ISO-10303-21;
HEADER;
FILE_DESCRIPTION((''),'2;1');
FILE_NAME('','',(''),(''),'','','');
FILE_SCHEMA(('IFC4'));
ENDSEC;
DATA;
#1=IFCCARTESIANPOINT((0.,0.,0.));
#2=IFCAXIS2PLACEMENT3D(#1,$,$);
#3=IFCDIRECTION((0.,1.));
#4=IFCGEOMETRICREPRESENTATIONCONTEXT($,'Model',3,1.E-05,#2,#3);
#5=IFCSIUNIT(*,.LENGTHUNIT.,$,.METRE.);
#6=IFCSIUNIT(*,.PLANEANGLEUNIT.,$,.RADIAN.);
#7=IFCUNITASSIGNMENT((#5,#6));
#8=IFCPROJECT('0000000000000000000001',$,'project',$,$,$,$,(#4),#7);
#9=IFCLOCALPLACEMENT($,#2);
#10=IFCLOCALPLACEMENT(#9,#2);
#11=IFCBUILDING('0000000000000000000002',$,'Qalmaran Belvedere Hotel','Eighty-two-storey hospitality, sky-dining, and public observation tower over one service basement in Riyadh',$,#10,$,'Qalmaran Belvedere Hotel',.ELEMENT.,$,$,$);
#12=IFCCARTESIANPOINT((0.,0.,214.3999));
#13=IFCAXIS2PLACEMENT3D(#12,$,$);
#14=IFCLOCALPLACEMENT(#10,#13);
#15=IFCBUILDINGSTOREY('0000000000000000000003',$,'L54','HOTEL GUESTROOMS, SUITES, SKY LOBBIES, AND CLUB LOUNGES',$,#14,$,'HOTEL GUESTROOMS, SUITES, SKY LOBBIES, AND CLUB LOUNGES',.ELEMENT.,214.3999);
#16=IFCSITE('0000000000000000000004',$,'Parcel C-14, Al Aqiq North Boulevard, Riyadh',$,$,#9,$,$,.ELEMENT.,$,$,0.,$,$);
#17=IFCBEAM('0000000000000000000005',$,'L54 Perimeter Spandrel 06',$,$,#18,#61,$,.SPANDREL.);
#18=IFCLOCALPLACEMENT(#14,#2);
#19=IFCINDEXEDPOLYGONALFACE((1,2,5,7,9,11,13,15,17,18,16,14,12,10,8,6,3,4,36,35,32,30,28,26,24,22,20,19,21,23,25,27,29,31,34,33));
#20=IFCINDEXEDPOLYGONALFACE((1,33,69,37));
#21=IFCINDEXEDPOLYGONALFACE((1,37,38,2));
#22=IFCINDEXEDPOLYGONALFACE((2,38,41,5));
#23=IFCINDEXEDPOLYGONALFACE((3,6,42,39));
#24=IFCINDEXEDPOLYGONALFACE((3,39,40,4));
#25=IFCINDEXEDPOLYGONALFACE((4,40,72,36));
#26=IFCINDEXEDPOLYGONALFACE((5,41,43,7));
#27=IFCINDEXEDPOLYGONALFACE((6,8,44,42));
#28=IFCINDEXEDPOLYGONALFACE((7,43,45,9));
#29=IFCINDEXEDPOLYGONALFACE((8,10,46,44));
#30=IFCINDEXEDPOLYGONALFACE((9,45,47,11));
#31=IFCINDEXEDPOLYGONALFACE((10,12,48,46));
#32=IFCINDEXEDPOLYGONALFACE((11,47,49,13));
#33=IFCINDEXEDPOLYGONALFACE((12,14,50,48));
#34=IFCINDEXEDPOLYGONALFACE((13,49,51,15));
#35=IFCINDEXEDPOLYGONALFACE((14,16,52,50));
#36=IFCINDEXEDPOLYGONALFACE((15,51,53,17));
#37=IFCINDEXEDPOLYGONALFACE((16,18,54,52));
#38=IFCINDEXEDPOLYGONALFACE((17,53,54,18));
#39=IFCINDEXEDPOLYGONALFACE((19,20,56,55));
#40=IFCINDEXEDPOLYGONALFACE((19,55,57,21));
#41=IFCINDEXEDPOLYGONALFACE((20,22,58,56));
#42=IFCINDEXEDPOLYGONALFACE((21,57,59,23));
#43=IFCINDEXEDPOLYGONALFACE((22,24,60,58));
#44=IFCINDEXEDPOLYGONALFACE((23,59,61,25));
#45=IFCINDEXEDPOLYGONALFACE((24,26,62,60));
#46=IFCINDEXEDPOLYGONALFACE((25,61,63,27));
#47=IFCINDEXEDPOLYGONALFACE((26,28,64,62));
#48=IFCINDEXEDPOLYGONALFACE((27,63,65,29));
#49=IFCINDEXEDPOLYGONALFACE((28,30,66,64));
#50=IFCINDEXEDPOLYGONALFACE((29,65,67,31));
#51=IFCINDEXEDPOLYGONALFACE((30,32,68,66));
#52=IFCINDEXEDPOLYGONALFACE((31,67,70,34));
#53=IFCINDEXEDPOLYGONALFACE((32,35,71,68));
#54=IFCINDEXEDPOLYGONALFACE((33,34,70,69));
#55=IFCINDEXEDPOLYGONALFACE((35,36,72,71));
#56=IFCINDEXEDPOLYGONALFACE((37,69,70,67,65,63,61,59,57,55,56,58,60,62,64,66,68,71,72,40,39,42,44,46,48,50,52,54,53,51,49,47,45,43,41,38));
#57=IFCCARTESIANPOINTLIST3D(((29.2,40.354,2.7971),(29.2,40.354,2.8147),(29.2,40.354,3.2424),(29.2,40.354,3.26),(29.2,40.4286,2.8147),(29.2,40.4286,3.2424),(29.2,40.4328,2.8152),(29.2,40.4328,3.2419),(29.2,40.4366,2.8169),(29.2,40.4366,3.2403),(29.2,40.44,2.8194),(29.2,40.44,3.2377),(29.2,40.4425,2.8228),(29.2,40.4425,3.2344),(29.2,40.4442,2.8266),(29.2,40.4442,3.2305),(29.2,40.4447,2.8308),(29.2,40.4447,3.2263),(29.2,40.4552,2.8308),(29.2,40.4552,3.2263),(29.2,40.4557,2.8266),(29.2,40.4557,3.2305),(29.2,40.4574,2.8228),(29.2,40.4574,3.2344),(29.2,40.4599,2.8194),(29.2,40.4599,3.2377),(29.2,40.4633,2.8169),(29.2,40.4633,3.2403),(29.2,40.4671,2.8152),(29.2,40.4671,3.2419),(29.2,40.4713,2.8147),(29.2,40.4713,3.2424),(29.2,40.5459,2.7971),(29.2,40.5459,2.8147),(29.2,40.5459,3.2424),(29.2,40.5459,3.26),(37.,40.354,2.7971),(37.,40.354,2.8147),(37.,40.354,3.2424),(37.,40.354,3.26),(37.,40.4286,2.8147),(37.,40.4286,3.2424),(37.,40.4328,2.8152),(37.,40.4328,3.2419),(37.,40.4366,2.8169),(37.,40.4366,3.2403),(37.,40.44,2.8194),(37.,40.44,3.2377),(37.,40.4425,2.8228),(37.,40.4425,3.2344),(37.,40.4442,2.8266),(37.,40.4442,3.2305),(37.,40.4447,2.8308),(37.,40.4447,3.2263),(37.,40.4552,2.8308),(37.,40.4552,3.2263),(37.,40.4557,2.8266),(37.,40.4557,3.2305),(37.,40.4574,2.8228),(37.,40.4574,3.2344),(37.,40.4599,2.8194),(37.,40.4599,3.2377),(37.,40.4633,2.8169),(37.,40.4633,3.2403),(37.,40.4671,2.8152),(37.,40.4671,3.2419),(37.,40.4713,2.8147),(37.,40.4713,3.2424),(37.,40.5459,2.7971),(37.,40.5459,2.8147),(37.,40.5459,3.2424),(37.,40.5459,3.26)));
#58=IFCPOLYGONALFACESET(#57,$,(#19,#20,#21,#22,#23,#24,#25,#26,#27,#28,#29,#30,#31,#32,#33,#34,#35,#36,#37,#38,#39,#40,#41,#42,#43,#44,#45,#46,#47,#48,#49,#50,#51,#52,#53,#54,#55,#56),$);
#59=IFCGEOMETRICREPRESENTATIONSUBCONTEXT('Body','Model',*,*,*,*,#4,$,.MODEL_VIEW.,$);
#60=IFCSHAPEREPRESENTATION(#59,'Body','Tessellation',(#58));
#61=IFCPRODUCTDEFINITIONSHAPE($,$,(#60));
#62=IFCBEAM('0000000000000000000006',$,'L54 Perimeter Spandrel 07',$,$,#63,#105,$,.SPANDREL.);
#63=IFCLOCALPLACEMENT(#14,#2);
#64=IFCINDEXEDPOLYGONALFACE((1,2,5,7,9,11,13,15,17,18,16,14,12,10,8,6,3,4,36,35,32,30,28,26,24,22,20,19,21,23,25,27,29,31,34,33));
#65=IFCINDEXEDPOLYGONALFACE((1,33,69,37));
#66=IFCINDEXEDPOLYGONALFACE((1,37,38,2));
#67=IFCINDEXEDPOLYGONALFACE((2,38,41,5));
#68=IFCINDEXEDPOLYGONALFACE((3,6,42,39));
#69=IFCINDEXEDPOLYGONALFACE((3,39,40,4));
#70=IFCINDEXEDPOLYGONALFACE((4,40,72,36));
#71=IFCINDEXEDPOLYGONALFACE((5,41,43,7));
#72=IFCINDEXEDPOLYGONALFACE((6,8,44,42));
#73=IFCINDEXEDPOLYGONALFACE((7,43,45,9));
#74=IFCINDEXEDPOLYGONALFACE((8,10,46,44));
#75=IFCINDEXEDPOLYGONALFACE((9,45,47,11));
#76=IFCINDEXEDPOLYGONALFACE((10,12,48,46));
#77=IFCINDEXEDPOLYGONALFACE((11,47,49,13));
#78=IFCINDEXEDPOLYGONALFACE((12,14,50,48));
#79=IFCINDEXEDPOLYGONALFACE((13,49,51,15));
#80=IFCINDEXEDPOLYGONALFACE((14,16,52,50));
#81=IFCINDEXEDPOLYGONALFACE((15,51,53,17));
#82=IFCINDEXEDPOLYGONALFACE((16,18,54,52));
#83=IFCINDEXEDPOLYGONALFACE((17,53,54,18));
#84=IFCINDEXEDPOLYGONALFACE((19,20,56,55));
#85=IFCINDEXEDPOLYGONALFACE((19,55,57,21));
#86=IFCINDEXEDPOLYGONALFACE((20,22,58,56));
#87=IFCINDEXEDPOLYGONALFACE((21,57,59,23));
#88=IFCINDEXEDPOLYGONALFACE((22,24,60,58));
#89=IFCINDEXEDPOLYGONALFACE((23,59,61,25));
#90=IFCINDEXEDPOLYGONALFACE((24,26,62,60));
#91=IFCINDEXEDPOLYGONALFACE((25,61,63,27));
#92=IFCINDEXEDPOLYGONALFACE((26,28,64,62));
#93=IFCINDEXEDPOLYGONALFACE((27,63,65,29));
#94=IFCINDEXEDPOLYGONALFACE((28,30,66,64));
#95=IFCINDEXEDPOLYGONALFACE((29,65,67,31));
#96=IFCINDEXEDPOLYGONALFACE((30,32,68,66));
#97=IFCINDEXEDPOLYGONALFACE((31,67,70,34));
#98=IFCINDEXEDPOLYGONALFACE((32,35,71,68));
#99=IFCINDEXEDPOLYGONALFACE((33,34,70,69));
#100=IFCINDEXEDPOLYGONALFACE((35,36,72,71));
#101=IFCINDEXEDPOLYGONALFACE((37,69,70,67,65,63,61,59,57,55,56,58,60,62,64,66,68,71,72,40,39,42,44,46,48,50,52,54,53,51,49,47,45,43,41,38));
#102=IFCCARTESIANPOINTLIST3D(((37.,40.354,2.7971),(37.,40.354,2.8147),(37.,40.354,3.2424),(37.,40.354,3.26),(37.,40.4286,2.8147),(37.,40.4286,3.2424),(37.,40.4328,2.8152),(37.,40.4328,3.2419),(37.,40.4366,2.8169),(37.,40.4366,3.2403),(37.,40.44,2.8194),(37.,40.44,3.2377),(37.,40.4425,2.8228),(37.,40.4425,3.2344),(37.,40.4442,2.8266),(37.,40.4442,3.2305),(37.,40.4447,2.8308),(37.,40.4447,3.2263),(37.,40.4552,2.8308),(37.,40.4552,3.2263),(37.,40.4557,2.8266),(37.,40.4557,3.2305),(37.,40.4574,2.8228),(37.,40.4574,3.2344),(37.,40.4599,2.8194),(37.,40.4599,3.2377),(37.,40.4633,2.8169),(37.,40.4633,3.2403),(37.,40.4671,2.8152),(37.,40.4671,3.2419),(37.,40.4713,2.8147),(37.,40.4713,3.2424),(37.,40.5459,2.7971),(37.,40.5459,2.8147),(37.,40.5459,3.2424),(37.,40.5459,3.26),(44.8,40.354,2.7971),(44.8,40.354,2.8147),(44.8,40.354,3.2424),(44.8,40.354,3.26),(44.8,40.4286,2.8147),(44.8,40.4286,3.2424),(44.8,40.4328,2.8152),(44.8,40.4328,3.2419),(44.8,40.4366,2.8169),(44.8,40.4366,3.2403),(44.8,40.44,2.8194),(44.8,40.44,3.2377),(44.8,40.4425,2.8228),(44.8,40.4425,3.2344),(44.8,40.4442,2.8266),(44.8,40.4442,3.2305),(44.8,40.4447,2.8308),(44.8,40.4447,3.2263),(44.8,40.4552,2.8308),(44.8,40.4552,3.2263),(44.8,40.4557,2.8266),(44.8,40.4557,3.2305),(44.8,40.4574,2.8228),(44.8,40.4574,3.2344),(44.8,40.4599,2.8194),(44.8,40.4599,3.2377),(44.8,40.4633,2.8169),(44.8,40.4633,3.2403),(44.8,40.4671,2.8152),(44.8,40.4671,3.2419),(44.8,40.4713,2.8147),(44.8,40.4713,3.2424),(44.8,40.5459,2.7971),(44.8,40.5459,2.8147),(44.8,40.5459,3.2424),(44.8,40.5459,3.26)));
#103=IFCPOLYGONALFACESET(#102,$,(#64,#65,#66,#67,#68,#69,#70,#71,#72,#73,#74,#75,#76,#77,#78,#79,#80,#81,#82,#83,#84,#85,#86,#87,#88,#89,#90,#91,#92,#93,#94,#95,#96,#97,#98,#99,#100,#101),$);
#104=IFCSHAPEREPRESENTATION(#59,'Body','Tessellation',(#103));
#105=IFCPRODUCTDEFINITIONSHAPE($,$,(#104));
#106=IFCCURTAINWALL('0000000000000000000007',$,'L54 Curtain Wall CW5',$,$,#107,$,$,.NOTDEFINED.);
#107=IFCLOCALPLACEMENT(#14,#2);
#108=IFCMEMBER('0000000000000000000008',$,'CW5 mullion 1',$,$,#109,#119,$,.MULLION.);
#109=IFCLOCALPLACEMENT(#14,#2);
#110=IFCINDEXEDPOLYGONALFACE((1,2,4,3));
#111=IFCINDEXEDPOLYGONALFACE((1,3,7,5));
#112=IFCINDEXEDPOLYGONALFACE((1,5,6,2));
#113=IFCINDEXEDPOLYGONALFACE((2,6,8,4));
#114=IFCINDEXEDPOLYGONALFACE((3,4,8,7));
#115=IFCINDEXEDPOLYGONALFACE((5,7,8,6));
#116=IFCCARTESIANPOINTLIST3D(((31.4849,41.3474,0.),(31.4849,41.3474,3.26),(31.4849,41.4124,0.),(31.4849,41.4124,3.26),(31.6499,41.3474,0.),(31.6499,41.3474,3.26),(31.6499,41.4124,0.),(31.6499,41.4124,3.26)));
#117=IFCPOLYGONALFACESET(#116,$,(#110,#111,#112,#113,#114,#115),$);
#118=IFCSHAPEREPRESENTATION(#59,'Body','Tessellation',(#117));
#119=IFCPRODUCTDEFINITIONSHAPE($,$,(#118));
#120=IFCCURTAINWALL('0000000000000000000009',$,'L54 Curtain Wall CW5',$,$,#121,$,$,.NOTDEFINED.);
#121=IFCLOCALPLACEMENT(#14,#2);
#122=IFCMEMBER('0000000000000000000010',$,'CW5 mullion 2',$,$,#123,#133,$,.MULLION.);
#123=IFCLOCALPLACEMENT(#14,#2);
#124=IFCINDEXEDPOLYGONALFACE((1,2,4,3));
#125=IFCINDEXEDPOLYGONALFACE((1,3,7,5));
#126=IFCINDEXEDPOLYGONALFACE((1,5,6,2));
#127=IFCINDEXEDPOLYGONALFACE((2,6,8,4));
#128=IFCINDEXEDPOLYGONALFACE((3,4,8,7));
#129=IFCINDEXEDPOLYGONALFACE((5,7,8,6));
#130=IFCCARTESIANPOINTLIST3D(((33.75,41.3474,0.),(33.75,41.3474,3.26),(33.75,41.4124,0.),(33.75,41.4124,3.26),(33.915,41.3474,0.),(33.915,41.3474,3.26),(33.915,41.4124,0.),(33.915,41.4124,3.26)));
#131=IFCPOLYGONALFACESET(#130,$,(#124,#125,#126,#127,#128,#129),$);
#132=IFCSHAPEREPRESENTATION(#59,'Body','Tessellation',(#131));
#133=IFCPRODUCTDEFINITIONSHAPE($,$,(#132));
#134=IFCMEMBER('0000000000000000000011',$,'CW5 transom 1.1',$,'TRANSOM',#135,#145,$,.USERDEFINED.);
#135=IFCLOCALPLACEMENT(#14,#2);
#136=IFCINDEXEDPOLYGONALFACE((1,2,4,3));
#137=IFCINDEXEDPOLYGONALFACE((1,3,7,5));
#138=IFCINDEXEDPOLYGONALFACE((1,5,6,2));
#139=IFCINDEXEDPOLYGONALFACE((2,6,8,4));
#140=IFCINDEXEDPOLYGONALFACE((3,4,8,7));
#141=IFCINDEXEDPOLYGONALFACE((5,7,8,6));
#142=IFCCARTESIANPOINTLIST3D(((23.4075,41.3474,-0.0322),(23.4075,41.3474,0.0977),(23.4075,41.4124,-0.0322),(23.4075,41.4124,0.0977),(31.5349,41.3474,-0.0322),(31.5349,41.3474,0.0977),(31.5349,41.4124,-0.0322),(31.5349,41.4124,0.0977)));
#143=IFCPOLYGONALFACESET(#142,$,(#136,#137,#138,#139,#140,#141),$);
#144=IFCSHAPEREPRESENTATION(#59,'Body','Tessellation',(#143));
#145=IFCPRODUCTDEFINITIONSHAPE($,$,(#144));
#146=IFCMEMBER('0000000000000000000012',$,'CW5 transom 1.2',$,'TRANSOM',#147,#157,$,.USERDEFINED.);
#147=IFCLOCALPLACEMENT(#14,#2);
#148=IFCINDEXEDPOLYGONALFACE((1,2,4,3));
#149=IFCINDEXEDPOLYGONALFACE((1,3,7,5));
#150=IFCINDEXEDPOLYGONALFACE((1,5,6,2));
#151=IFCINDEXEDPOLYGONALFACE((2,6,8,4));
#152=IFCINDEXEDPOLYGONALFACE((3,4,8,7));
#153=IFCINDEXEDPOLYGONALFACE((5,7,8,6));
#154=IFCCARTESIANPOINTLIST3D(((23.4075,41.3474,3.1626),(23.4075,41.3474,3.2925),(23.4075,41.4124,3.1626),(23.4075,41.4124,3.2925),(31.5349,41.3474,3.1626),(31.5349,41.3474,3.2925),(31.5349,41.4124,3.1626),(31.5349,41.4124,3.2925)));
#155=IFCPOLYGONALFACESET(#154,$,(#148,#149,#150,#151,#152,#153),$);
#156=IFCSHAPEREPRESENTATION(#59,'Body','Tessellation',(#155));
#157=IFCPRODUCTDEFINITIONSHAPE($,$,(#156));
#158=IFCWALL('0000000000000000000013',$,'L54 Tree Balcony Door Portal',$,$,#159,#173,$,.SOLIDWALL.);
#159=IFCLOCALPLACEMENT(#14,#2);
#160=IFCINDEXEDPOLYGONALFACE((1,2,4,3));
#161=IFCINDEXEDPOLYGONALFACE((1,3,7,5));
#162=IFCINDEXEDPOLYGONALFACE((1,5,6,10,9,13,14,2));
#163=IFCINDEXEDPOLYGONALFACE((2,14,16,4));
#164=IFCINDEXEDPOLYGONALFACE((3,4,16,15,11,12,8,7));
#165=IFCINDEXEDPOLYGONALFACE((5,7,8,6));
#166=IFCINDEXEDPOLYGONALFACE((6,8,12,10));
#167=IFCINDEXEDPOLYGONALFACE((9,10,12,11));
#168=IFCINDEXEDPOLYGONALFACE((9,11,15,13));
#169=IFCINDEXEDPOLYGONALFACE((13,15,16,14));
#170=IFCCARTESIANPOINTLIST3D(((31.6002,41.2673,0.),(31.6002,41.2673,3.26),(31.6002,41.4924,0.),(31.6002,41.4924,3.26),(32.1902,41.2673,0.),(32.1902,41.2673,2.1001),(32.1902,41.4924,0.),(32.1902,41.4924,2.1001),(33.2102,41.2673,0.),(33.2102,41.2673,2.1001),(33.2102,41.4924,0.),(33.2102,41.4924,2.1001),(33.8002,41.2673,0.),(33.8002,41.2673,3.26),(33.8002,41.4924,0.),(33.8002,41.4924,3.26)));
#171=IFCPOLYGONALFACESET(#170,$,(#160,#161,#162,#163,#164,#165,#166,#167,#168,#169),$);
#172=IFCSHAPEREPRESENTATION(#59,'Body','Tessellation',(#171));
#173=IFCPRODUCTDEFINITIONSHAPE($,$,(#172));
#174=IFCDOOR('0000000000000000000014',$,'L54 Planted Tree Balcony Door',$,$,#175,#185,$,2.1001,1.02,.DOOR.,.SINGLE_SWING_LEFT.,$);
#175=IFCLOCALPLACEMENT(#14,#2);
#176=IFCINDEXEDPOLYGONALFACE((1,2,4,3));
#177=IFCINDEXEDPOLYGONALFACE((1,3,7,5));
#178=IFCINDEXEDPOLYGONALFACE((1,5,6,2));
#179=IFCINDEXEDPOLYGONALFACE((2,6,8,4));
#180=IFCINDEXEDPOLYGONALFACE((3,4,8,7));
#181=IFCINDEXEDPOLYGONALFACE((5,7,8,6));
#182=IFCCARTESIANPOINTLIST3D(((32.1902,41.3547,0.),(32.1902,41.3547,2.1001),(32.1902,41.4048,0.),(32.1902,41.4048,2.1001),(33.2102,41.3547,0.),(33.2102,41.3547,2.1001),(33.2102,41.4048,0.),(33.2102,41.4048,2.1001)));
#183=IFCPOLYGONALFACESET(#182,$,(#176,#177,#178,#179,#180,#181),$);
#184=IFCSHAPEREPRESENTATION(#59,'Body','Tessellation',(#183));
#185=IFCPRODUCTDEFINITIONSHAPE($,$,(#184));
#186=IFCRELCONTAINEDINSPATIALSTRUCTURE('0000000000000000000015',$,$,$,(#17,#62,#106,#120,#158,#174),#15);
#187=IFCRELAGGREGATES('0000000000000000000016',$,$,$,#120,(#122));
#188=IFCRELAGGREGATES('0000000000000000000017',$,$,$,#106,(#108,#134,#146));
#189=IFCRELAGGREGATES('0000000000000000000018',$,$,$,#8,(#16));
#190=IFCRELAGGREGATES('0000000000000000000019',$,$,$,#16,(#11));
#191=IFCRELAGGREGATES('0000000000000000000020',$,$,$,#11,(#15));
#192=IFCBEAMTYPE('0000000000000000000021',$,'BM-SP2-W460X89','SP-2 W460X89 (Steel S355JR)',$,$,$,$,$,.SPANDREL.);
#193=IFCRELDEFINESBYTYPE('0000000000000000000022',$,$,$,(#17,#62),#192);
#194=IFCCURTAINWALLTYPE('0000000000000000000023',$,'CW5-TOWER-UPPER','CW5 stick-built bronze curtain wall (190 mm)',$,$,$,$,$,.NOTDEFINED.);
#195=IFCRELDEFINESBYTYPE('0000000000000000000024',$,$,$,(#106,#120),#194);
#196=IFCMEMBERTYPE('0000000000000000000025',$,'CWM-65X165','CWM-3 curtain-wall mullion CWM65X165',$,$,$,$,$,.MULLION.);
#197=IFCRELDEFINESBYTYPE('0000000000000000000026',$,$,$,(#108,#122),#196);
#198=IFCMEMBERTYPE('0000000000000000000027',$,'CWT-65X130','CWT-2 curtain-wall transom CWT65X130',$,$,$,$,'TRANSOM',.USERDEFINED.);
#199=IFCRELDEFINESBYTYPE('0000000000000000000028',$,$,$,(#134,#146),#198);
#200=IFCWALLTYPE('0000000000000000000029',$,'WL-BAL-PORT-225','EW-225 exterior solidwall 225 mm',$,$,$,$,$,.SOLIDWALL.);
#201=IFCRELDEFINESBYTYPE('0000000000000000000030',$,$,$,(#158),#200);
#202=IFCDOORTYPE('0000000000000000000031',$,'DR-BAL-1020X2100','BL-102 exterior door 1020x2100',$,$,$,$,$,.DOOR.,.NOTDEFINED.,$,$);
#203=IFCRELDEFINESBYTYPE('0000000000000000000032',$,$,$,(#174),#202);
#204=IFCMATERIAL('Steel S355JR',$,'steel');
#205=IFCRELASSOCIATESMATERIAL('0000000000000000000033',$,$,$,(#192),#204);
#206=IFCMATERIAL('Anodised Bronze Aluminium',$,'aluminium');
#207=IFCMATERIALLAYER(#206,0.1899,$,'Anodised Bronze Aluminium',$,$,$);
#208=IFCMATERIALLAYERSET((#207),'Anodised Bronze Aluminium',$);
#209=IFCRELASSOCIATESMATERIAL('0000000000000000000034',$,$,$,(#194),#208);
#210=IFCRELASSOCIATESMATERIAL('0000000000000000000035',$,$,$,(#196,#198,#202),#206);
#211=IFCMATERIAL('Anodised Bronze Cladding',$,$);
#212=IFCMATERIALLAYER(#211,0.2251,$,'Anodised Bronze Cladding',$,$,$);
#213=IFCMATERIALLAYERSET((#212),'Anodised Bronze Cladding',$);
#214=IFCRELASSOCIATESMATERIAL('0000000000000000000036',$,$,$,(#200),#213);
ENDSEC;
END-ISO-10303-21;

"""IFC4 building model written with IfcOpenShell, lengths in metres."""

from ifc_helpers import new_model, si_unit, direction, frame, frame_2d, origin, origin_2d, place, context, subcontext, project, spatial, rectangle, i_section, extrude, material, layer, layer_set, material_profile, profile_set, type_object, element, fill, aggregate, save


model = new_model("IFC4")

# Units and contexts
model_context = context("Model", 3, precision=1e-05, world=origin(), true_north=direction((0.0, 1.0)))
body_context = subcontext(model_context, "Body", "Model", "MODEL_VIEW")
ifc_project = project(units=[si_unit("LENGTHUNIT", "METRE"), si_unit("PLANEANGLEUNIT", "RADIAN")], contexts=[model_context])

# Site, building, storey
site_placement = place(None, origin())
site = spatial("IfcSite", under=ifc_project, at=site_placement, Name="Parcel C-14, Al Aqiq North Boulevard, Riyadh", CompositionType="ELEMENT", RefElevation=0.0)
building_placement = place(site_placement, origin())
building = spatial("IfcBuilding", under=site, at=building_placement, Name="Qalmaran Belvedere Hotel", Description="Eighty-two-storey hospitality, sky-dining, and public observation tower over one service basement in Riyadh", LongName="Qalmaran Belvedere Hotel", CompositionType="ELEMENT")
storey_placement = place(building_placement, frame((0.0, 0.0, 214.3999)))
storey = spatial("IfcBuildingStorey", under=building, at=storey_placement, Name="L54", Description="HOTEL GUESTROOMS, SUITES, SKY LOBBIES, AND CLUB LOUNGES", LongName="HOTEL GUESTROOMS, SUITES, SKY LOBBIES, AND CLUB LOUNGES", CompositionType="ELEMENT", Elevation=214.3999)

# Beams
ifc_material_1 = material(Name="Steel S355JR", Category="steel")
ifc_material_profile_1 = material_profile(ifc_material_1, i_section(OverallWidth=0.1919, OverallDepth=0.4629, WebThickness=0.0105, FlangeThickness=0.0176, FilletRadius=0.0161, at=origin_2d()), Name="W460X89")
ifc_profile_set_1 = profile_set([ifc_material_profile_1], Name="Steel S355JR")
beam_type_1 = type_object("IfcBeamType", Name="BM-SP2-W460X89", Description="SP-2 W460X89 (Steel S355JR)", PredefinedType="SPANDREL", material=ifc_profile_set_1)
for number, where, z_axis, x_axis, name in (
    (1, (29.2, 40.45, 3.0286), (1.0, 0.0, 0.0), (0.0, 1.0, 0.0), "L54 Perimeter Spandrel 06"),
    (2, (37.0, 40.45, 3.0286), (1.0, 0.0, 0.0), (0.0, 1.0, 0.0), "L54 Perimeter Spandrel 07"),
):
    element("IfcBeam", number, at=place(storey_placement, frame(where, z_axis=z_axis, x_axis=x_axis)), inside=storey, type_object=beam_type_1, Name=name, PredefinedType="SPANDREL", context=body_context, shape_type="SweptSolid", body=[
        extrude(i_section(OverallWidth=0.1919, OverallDepth=0.4629, WebThickness=0.0105, FlangeThickness=0.0176, FilletRadius=0.0161, at=origin_2d()), origin(), (0.0, 0.0, 1.0), 7.8),
    ])

# Curtain walls, members
ifc_material_2 = material(Name="Anodised Bronze Aluminium", Category="aluminium")
ifc_layer_1 = layer(ifc_material_2, 0.1899, Name="Anodised Bronze Aluminium")
ifc_layer_set_1 = layer_set([ifc_layer_1], Name="Anodised Bronze Aluminium")
curtain_wall_type = type_object("IfcCurtainWallType", Name="CW5-TOWER-UPPER", Description="CW5 stick-built bronze curtain wall (190 mm)", PredefinedType="NOTDEFINED", material=ifc_layer_set_1)
curtain_wall_1_placement = place(storey_placement, origin())
curtain_wall_1 = element("IfcCurtainWall", 3, at=curtain_wall_1_placement, inside=storey, type_object=curtain_wall_type, Name="L54 Curtain Wall CW5", PredefinedType="NOTDEFINED")
ifc_material_profile_2 = material_profile(ifc_material_2, rectangle(XDim=0.0649, YDim=0.165, at=origin_2d()), Name="CWM65X165")
ifc_profile_set_2 = profile_set([ifc_material_profile_2], Name="Anodised Bronze Aluminium")
member_type_1 = type_object("IfcMemberType", Name="CWM-65X165", Description="CWM-3 curtain-wall mullion CWM65X165", PredefinedType="MULLION", material=ifc_profile_set_2)
member_1_placement = place(storey_placement, frame((31.5674, 41.3799, 0.0), z_axis=(0.0, 0.0, 1.0), x_axis=(0.0, -1.0, 0.0)))
member_1 = element("IfcMember", 4, at=member_1_placement, type_object=member_type_1, Name="CW5 mullion 1", PredefinedType="MULLION", context=body_context, shape_type="SweptSolid", body=[
    extrude(rectangle(XDim=0.0649, YDim=0.165, at=origin_2d()), origin(), (0.0, 0.0, 1.0), 3.26),
])
curtain_wall_2_placement = place(storey_placement, origin())
curtain_wall_2 = element("IfcCurtainWall", 5, at=curtain_wall_2_placement, inside=storey, type_object=curtain_wall_type, Name="L54 Curtain Wall CW5", PredefinedType="NOTDEFINED")
member_2_placement = place(storey_placement, frame((33.8325, 41.3799, 0.0), z_axis=(0.0, 0.0, 1.0), x_axis=(0.0, -1.0, 0.0)))
member_2 = element("IfcMember", 6, at=member_2_placement, type_object=member_type_1, Name="CW5 mullion 2", PredefinedType="MULLION", context=body_context, shape_type="SweptSolid", body=[
    extrude(rectangle(XDim=0.0649, YDim=0.165, at=origin_2d()), origin(), (0.0, 0.0, 1.0), 3.26),
])
aggregate(curtain_wall_2, [member_2])

# Members
ifc_material_profile_3 = material_profile(ifc_material_2, rectangle(XDim=0.0649, YDim=0.1299, at=origin_2d()), Name="CWT65X130")
ifc_profile_set_3 = profile_set([ifc_material_profile_3], Name="Anodised Bronze Aluminium")
member_type_2 = type_object("IfcMemberType", Name="CWT-65X130", Description="CWT-2 curtain-wall transom CWT65X130", ElementType="TRANSOM", PredefinedType="USERDEFINED", material=ifc_profile_set_3)
member_3_placement = place(storey_placement, frame((31.5349, 41.3799, 0.0327), z_axis=(-1.0, 0.0, 0.0), x_axis=(0.0, -1.0, 0.0)))
member_3 = element("IfcMember", 7, at=member_3_placement, type_object=member_type_2, Name="CW5 transom 1.1", ObjectType="TRANSOM", PredefinedType="USERDEFINED", context=body_context, shape_type="SweptSolid", body=[
    extrude(rectangle(XDim=0.0649, YDim=0.1299, at=origin_2d()), origin(), (0.0, 0.0, 1.0), 8.1274),
])
member_4_placement = place(storey_placement, frame((31.5349, 41.3799, 3.2275), z_axis=(-1.0, 0.0, 0.0), x_axis=(0.0, -1.0, 0.0)))
member_4 = element("IfcMember", 8, at=member_4_placement, type_object=member_type_2, Name="CW5 transom 1.2", ObjectType="TRANSOM", PredefinedType="USERDEFINED", context=body_context, shape_type="SweptSolid", body=[
    extrude(rectangle(XDim=0.0649, YDim=0.1299, at=origin_2d()), origin(), (0.0, 0.0, 1.0), 8.1274),
])
aggregate(curtain_wall_1, [member_1, member_3, member_4])

# Wall, opening, door
ifc_material_3 = material(Name="Anodised Bronze Cladding")
ifc_layer_2 = layer(ifc_material_3, 0.2251, Name="Anodised Bronze Cladding")
ifc_layer_set_2 = layer_set([ifc_layer_2], Name="Anodised Bronze Cladding")
wall_type_1 = type_object("IfcWallType", Name="WL-BAL-PORT-225", Description="EW-225 exterior solidwall 225 mm", PredefinedType="SOLIDWALL", material=ifc_layer_set_2)
wall_1_placement = place(storey_placement, frame((31.6001, 41.3799, 0.0), z_axis=(0.0, 0.0, 1.0), x_axis=(1.0, 0.0, 0.0)))
wall_1 = element("IfcWall", 9, at=wall_1_placement, inside=storey, type_object=wall_type_1, Name="L54 Tree Balcony Door Portal", PredefinedType="SOLIDWALL", context=body_context, shape_type="SweptSolid", body=[
    extrude(rectangle(XDim=2.2, YDim=0.2251, at=frame_2d((1.1001, 0.0))), origin(), (0.0, 0.0, 1.0), 3.26),
])
opening_1_placement = place(wall_1_placement, frame((0.5901, 0.0, 0.0)))
opening_1 = element("IfcOpeningElement", 10, at=opening_1_placement, cuts=wall_1, PredefinedType="OPENING", context=body_context, shape_type="SweptSolid", body=[
    extrude(rectangle(XDim=1.02, YDim=2.1001, at=frame_2d((0.51, 1.05))), frame((0.0, 0.1226, 0.0), z_axis=(0.0, -1.0, 0.0), x_axis=(1.0, 0.0, 0.0)), (0.0, 0.0, 1.0), 0.2451),
])
door_type_1 = type_object("IfcDoorType", Name="DR-BAL-1020X2100", Description="BL-102 exterior door 1020x2100", OperationType="NOTDEFINED", PredefinedType="DOOR", material=ifc_material_2)
door_1_placement = place(opening_1_placement, origin())
door_1 = element("IfcDoor", 11, at=door_1_placement, inside=storey, type_object=door_type_1, Name="L54 Planted Tree Balcony Door", OperationType="SINGLE_SWING_LEFT", OverallHeight=2.1001, OverallWidth=1.02, PredefinedType="DOOR", context=body_context, shape_type="SweptSolid", body=[
    extrude(rectangle(XDim=1.02, YDim=2.1001, at=frame_2d((0.51, 1.05))), frame((0.0, 0.0249, 0.0), z_axis=(0.0, -1.0, 0.0), x_axis=(1.0, 0.0, 0.0)), (0.0, 0.0, 1.0), 0.05),
])
fill(opening_1, door_1)

save(model, "model.ifc")
